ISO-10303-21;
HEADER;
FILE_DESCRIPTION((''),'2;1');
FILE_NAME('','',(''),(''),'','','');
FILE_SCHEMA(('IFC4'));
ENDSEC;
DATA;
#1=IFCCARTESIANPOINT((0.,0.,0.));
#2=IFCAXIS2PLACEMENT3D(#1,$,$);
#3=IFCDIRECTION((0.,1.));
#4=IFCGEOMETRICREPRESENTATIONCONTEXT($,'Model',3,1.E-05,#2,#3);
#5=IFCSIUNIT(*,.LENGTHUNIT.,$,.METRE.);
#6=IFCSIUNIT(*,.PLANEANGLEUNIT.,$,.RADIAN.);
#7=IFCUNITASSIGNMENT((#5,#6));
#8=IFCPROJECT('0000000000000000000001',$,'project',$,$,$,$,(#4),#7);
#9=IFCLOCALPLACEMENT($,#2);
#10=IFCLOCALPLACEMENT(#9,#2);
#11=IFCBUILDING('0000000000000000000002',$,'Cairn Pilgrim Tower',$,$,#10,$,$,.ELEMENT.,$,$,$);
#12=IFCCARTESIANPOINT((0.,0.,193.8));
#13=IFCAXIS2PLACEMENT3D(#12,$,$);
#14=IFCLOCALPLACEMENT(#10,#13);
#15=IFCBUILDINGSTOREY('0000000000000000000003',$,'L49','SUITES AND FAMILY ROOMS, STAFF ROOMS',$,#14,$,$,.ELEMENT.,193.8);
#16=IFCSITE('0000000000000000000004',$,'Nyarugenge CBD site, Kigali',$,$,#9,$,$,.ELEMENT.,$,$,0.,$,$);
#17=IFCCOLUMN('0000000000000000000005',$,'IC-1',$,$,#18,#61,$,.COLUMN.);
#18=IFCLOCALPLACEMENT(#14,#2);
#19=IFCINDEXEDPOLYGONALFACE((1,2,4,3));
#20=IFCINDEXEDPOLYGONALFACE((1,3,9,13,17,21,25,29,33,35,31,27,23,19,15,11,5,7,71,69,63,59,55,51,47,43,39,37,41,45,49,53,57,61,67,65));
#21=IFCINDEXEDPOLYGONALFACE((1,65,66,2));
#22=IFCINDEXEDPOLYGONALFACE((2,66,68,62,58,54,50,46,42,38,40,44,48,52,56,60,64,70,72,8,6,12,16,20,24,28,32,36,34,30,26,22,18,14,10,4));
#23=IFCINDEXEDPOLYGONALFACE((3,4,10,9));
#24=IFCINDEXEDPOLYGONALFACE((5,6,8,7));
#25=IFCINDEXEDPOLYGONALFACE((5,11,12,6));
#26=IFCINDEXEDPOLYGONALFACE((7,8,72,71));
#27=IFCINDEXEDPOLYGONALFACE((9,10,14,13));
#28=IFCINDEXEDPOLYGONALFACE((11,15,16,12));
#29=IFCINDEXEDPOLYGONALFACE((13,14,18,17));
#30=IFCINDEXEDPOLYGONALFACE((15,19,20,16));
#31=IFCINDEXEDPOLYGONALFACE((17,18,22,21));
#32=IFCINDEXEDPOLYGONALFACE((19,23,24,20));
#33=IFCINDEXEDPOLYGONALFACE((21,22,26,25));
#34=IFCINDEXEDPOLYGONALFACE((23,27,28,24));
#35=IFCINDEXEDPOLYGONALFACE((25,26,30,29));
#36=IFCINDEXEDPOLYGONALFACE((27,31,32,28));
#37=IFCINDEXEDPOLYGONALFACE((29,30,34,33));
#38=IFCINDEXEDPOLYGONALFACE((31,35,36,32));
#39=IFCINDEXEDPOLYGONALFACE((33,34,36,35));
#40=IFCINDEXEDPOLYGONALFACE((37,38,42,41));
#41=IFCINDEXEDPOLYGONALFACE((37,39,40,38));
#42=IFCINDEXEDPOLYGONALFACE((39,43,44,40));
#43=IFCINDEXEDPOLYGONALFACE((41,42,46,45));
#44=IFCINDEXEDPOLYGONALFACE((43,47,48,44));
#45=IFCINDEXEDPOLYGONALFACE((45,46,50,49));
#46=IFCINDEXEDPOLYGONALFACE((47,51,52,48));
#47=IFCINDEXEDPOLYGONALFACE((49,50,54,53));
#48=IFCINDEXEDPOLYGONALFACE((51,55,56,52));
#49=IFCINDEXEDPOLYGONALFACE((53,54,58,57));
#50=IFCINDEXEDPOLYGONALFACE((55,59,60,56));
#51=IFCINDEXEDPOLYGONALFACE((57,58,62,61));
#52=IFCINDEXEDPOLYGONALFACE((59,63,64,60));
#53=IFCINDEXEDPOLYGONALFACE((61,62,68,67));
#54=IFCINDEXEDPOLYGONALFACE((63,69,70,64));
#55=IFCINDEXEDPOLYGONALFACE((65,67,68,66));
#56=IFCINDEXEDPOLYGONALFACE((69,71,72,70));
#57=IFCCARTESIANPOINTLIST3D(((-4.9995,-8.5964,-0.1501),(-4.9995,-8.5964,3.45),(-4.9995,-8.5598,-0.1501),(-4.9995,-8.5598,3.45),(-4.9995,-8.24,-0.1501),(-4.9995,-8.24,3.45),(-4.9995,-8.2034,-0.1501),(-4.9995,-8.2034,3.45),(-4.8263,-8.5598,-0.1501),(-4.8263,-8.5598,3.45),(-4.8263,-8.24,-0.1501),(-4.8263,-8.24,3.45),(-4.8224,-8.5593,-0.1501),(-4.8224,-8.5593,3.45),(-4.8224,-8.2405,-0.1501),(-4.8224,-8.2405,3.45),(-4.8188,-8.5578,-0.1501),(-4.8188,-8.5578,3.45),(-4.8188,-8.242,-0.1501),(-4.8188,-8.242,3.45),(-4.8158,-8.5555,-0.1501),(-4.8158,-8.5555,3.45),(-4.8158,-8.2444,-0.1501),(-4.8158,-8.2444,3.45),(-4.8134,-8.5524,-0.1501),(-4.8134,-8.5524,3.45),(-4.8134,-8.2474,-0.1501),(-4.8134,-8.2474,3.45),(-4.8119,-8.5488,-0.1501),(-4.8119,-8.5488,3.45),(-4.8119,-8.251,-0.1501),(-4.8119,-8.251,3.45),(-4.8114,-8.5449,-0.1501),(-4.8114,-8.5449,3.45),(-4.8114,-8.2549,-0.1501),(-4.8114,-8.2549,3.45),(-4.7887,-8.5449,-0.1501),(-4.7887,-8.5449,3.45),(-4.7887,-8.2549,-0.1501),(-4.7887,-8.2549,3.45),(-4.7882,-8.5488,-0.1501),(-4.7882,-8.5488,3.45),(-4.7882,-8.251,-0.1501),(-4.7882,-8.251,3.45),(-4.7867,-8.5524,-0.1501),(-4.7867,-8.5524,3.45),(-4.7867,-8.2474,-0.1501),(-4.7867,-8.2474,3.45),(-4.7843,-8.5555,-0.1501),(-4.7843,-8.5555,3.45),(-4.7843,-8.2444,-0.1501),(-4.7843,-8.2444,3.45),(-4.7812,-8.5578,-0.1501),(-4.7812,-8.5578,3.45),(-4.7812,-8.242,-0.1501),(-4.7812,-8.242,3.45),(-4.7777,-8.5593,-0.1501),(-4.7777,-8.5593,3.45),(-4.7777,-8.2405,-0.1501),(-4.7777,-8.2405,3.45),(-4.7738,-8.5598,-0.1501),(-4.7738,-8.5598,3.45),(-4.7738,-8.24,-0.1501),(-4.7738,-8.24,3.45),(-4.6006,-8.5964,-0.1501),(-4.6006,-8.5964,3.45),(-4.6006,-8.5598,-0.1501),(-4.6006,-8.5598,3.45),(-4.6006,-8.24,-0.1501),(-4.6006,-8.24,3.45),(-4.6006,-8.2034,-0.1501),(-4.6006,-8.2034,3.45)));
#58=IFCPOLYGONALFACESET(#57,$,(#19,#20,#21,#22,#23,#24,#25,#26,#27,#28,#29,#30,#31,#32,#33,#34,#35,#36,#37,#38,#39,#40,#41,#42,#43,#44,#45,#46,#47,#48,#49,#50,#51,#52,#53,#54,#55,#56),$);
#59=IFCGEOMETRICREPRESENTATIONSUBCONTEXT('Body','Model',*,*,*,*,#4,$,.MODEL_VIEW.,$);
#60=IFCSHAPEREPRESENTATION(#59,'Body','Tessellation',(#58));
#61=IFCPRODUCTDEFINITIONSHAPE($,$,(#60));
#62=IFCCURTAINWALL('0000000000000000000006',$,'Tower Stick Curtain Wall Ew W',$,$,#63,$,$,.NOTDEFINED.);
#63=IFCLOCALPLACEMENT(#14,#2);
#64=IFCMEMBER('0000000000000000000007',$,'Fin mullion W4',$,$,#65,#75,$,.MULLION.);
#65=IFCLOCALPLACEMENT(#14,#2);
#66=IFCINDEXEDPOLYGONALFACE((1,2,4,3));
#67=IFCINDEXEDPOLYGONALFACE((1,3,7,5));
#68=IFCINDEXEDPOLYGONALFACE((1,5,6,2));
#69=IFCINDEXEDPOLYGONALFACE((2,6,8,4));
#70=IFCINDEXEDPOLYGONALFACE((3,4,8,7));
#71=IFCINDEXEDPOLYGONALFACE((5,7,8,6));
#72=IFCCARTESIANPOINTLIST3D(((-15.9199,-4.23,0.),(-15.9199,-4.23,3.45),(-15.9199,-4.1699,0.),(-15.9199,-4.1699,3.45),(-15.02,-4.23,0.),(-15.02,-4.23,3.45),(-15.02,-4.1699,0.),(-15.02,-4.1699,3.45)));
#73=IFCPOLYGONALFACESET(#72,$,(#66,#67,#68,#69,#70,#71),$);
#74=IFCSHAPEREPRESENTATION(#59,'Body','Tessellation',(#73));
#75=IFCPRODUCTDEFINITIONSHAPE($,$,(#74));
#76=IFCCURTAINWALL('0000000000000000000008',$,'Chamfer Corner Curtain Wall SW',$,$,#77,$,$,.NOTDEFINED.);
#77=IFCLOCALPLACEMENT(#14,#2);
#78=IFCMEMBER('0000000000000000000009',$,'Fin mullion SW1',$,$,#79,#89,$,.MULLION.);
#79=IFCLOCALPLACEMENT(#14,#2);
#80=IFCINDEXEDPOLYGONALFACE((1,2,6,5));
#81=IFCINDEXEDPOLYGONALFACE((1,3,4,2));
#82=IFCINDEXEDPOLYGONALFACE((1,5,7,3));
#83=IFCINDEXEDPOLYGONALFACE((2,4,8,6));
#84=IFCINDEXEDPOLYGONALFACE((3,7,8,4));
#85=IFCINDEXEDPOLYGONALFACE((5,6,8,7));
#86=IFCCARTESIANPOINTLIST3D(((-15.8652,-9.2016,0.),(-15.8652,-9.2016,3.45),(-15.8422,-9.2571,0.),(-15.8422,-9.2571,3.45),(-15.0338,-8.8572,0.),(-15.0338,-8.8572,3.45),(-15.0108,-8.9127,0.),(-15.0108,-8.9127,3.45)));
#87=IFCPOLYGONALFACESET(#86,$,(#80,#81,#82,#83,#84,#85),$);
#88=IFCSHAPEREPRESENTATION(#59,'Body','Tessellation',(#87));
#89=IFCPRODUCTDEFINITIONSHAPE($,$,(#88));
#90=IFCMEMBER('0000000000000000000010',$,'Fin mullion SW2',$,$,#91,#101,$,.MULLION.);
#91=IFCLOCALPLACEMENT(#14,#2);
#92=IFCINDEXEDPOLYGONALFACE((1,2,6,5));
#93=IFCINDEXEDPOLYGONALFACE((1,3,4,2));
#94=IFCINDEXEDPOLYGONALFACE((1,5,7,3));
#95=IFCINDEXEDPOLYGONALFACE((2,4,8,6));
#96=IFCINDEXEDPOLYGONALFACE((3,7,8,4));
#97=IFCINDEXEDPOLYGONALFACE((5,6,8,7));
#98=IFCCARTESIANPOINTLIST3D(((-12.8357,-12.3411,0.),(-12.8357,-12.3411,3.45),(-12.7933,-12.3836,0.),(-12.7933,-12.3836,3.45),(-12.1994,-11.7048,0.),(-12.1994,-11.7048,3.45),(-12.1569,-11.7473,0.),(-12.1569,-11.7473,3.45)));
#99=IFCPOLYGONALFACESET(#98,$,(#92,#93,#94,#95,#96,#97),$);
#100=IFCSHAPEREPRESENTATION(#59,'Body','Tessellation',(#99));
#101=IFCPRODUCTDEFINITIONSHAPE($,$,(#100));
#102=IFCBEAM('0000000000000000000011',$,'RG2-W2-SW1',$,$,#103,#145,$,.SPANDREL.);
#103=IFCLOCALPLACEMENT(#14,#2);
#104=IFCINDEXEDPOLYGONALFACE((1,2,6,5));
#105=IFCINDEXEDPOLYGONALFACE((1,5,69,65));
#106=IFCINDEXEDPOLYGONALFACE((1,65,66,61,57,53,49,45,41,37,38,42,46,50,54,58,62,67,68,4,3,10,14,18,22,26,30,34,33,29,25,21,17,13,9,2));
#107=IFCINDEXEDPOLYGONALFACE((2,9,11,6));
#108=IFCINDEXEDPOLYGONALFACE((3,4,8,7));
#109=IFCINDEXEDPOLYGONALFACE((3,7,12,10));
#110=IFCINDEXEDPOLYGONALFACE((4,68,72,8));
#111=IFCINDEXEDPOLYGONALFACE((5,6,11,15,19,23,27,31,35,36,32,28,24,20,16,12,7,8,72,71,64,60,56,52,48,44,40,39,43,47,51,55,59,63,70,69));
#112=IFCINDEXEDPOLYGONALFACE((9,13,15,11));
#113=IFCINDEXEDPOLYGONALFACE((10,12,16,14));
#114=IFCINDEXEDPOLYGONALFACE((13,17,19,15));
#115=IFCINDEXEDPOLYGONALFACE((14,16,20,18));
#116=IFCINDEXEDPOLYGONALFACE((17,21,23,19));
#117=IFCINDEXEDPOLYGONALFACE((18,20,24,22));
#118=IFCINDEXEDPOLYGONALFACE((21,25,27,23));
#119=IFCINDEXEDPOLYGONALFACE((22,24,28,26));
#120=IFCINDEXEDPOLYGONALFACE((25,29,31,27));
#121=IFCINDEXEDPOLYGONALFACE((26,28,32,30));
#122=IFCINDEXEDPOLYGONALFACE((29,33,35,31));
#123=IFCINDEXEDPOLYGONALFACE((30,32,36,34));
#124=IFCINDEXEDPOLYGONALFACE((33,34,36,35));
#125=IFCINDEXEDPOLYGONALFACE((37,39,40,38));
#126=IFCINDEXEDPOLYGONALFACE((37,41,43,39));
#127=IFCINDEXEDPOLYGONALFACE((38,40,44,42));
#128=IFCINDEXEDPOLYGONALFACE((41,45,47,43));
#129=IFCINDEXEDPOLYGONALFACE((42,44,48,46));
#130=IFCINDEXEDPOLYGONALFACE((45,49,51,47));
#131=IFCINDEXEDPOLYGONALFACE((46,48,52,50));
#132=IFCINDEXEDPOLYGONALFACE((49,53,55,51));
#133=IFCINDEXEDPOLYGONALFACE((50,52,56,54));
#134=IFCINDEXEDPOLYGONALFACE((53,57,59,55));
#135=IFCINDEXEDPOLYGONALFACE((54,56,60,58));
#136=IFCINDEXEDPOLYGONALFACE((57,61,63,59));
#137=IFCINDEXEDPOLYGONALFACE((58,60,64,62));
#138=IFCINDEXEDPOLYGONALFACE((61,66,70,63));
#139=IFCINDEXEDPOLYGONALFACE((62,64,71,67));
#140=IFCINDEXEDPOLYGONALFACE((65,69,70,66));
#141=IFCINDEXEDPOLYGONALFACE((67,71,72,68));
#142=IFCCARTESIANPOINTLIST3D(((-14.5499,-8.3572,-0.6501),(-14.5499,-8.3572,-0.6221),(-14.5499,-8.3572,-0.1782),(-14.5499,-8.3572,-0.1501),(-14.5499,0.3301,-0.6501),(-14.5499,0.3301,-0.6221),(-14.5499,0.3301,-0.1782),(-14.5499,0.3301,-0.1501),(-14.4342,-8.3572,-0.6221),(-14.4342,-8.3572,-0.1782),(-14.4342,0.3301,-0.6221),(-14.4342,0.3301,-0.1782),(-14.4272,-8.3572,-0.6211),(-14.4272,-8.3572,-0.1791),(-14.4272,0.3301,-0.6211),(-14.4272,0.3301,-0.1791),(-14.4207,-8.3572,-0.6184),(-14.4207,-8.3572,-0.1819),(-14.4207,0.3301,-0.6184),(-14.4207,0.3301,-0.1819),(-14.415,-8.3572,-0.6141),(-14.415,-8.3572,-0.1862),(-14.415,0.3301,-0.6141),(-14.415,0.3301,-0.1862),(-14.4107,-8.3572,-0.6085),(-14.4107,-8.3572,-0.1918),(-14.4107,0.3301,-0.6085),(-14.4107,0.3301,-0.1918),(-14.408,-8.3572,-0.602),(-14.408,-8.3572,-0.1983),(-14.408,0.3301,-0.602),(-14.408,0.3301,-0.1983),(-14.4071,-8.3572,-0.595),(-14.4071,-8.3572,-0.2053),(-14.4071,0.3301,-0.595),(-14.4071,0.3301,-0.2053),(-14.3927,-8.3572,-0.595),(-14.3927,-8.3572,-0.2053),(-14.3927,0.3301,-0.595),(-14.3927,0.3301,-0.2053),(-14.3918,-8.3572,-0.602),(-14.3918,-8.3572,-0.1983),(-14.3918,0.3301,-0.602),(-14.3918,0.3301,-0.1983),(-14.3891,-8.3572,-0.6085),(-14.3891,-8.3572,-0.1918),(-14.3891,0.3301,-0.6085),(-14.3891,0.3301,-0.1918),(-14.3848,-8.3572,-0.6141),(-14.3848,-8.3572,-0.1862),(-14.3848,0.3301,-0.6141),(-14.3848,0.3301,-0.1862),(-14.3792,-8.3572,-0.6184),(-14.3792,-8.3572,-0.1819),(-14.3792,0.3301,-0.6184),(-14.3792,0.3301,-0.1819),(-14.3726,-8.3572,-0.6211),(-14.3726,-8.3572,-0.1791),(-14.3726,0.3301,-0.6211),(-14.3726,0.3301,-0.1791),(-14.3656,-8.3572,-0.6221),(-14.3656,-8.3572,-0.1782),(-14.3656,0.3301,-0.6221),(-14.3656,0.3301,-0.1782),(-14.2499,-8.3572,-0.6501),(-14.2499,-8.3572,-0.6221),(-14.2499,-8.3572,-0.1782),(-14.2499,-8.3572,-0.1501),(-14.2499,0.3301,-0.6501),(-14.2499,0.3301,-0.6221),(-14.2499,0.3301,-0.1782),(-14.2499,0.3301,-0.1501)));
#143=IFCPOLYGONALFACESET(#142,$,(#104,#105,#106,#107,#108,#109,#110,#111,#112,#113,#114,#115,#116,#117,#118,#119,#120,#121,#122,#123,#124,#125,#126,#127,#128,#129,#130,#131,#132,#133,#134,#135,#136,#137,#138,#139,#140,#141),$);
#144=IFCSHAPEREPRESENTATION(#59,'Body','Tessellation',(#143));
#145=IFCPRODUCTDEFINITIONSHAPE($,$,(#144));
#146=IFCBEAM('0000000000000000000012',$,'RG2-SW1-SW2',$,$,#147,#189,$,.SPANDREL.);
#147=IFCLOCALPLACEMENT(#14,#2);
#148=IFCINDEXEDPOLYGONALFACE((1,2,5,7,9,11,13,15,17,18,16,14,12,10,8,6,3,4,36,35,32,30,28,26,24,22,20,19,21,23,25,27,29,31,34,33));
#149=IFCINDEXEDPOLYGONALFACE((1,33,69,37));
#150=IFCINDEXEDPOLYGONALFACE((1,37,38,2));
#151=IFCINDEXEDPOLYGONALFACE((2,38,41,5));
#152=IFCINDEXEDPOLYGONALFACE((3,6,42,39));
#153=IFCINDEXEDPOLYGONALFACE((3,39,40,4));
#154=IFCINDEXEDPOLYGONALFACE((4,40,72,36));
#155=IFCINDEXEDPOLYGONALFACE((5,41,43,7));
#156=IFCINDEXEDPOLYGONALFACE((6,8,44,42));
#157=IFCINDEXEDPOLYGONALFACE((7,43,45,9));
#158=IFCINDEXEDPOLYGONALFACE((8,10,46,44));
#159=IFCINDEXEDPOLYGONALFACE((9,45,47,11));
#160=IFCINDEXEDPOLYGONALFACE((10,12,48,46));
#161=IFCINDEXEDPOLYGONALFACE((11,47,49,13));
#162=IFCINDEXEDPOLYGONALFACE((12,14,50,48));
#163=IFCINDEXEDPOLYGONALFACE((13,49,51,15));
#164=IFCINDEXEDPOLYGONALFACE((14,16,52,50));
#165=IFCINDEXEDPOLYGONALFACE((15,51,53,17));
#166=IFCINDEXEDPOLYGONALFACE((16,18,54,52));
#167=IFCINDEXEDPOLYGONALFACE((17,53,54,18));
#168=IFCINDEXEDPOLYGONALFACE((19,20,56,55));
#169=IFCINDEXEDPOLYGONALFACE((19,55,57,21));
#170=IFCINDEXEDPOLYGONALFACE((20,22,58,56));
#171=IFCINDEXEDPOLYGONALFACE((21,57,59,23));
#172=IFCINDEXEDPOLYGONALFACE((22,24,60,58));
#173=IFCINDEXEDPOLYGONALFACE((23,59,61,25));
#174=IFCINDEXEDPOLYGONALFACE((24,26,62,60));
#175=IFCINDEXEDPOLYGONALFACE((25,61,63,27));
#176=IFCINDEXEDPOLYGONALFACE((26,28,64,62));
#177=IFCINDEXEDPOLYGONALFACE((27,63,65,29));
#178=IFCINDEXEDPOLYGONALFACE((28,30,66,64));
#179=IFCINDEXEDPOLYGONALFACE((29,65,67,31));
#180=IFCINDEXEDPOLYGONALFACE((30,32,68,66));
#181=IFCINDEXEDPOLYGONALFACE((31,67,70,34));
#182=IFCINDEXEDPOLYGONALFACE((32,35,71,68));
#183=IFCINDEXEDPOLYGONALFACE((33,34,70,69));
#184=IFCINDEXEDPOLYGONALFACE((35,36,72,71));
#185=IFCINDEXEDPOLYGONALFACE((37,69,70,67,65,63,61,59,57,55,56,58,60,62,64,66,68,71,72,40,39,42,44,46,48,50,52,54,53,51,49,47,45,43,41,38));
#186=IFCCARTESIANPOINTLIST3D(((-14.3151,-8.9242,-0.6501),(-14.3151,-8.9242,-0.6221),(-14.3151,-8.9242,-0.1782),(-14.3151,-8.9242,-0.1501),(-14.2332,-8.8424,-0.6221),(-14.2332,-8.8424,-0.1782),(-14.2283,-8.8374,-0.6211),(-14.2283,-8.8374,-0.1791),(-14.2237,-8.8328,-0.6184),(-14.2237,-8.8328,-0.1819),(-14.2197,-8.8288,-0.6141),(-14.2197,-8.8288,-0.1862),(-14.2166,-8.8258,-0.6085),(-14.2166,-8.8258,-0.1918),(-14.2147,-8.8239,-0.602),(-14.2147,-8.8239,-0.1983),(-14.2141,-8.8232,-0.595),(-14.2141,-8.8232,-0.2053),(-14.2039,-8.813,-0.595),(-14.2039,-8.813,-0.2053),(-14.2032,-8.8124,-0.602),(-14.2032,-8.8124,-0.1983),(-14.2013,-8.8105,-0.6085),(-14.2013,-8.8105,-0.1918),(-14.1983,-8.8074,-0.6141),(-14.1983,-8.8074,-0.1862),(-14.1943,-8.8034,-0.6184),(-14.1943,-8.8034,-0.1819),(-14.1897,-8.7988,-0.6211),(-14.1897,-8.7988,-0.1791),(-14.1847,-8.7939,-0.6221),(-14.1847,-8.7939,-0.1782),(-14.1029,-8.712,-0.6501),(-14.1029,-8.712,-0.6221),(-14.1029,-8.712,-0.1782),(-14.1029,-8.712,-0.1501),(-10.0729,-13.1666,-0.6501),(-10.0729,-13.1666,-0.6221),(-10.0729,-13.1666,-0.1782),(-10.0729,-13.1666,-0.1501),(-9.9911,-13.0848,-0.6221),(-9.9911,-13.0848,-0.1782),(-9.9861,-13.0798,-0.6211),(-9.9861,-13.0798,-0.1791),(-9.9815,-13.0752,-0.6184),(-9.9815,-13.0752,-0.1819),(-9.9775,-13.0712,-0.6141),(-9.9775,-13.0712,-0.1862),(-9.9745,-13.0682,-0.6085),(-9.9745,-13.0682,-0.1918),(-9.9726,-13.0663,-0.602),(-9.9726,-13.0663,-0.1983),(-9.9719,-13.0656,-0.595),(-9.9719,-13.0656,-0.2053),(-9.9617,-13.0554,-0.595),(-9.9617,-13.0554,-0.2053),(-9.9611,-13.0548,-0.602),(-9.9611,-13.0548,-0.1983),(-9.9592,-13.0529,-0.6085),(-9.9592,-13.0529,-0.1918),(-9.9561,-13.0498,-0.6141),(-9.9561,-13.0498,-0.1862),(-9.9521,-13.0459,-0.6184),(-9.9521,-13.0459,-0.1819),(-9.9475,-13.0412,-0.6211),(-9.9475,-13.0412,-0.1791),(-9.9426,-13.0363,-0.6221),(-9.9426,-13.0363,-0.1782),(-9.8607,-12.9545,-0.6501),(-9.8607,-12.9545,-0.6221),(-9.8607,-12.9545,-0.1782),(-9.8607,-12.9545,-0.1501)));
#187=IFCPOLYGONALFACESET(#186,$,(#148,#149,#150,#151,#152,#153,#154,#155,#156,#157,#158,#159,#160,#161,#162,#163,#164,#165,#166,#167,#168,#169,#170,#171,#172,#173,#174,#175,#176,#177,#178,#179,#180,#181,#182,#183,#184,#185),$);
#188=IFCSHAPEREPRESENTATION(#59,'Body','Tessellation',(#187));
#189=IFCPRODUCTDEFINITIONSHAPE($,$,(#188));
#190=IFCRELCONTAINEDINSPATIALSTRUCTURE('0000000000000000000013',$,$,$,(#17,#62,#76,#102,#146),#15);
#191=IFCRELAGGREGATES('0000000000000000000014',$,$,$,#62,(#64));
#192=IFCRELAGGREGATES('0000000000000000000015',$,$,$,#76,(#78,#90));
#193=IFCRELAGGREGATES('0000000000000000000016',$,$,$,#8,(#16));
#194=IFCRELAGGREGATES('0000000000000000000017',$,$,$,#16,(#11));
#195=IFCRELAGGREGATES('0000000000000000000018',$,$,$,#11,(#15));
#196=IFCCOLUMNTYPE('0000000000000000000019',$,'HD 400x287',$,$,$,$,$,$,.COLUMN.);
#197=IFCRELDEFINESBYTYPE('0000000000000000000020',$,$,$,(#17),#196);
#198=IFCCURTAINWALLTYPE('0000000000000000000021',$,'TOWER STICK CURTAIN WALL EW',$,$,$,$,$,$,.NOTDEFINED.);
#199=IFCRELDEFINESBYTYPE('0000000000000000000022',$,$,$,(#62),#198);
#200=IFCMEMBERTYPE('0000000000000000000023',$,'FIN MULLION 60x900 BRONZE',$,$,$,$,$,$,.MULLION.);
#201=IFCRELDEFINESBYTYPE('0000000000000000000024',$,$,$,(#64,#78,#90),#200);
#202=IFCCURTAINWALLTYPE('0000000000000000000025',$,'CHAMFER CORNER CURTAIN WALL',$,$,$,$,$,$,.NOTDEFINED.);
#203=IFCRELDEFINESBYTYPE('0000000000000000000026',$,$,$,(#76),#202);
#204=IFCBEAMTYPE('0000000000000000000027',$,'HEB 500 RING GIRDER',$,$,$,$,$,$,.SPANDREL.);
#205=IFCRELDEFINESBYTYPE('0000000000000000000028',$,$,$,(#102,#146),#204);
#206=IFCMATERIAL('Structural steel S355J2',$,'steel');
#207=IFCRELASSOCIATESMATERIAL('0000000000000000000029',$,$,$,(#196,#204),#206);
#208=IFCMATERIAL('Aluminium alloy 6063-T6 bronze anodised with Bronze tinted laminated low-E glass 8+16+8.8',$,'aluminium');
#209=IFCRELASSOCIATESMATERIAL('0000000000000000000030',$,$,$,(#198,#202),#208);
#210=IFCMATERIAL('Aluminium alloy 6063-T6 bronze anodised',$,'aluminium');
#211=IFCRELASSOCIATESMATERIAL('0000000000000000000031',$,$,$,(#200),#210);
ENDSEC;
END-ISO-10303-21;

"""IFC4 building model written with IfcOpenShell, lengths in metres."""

from ifc_helpers import new_model, si_unit, direction, frame, origin, origin_2d, place, context, subcontext, project, spatial, rectangle, i_section, extrude, material, material_profile, profile_set, type_object, element, aggregate, save


model = new_model("IFC4")

# Units and contexts
model_context = context("Model", 3, precision=1e-05, world=origin(), true_north=direction((0.0, 1.0)))
body_context = subcontext(model_context, "Body", "Model", "MODEL_VIEW")
ifc_project = project(units=[si_unit("LENGTHUNIT", "METRE"), si_unit("PLANEANGLEUNIT", "RADIAN")], contexts=[model_context])

# Site, building, storey
site_placement = place(None, origin())
site = spatial("IfcSite", under=ifc_project, at=site_placement, Name="Nyarugenge CBD site, Kigali", CompositionType="ELEMENT", RefElevation=0.0)
building_placement = place(site_placement, origin())
building = spatial("IfcBuilding", under=site, at=building_placement, Name="Cairn Pilgrim Tower", CompositionType="ELEMENT")
storey_placement = place(building_placement, frame((0.0, 0.0, 193.8)))
storey = spatial("IfcBuildingStorey", under=building, at=storey_placement, Name="L49", Description="SUITES AND FAMILY ROOMS, STAFF ROOMS", CompositionType="ELEMENT", Elevation=193.8)

# Column
ifc_material_1 = material(Name="Structural steel S355J2", Category="steel")
ifc_material_profile_1 = material_profile(ifc_material_1, i_section(OverallWidth=0.3989, OverallDepth=0.3931, WebThickness=0.0227, FlangeThickness=0.0366, FilletRadius=0.0149, at=origin_2d()), Name="HD 400x287")
ifc_profile_set_1 = profile_set([ifc_material_profile_1], Name="Structural steel S355J2")
column_type_1 = type_object("IfcColumnType", Name="HD 400x287", PredefinedType="COLUMN", material=ifc_profile_set_1)
column_1_placement = place(storey_placement, frame((-4.8, -8.3999, -0.1501), z_axis=(0.0, 0.0, 1.0), x_axis=(1.0, 0.0, 0.0)))
element("IfcColumn", 1, at=column_1_placement, inside=storey, type_object=column_type_1, Name="IC-1", PredefinedType="COLUMN", context=body_context, shape_type="SweptSolid", body=[
    extrude(i_section(OverallWidth=0.3989, OverallDepth=0.3931, WebThickness=0.0227, FlangeThickness=0.0366, FilletRadius=0.0149, at=origin_2d()), origin(), (0.0, 0.0, 1.0), 3.6001),
])

# Curtain wall, member
ifc_material_2 = material(Name="Aluminium alloy 6063-T6 bronze anodised with Bronze tinted laminated low-E glass 8+16+8.8", Category="aluminium")
curtain_wall_type_1 = type_object("IfcCurtainWallType", Name="TOWER STICK CURTAIN WALL EW", PredefinedType="NOTDEFINED", material=ifc_material_2)
curtain_wall_1_placement = place(storey_placement, origin())
curtain_wall_1 = element("IfcCurtainWall", 2, at=curtain_wall_1_placement, inside=storey, type_object=curtain_wall_type_1, Name="Tower Stick Curtain Wall Ew W", PredefinedType="NOTDEFINED")
ifc_material_3 = material(Name="Aluminium alloy 6063-T6 bronze anodised", Category="aluminium")
ifc_material_profile_2 = material_profile(ifc_material_3, rectangle(XDim=0.8999, YDim=0.0601, at=origin_2d()), Name="FIN MULLION 60x900 BRONZE")
ifc_profile_set_2 = profile_set([ifc_material_profile_2], Name="Aluminium alloy 6063-T6 bronze anodised")
member_type_1 = type_object("IfcMemberType", Name="FIN MULLION 60x900 BRONZE", PredefinedType="MULLION", material=ifc_profile_set_2)
member_1_placement = place(storey_placement, frame((-15.47, -4.2, 0.0), z_axis=(0.0, 0.0, 1.0), x_axis=(-1.0, 0.0, 0.0)))
member_1 = element("IfcMember", 3, at=member_1_placement, type_object=member_type_1, Name="Fin mullion W4", PredefinedType="MULLION", context=body_context, shape_type="SweptSolid", body=[
    extrude(rectangle(XDim=0.8999, YDim=0.0601, at=origin_2d()), origin(), (0.0, 0.0, 1.0), 3.45),
])
aggregate(curtain_wall_1, [member_1])

# Curtain wall, members
curtain_wall_type_2 = type_object("IfcCurtainWallType", Name="CHAMFER CORNER CURTAIN WALL", PredefinedType="NOTDEFINED", material=ifc_material_2)
curtain_wall_2_placement = place(storey_placement, origin())
curtain_wall_2 = element("IfcCurtainWall", 4, at=curtain_wall_2_placement, inside=storey, type_object=curtain_wall_type_2, Name="Chamfer Corner Curtain Wall SW", PredefinedType="NOTDEFINED")
member_2_placement = place(storey_placement, frame((-15.438, -9.0571, 0.0), z_axis=(0.0, 0.0, 1.0), x_axis=(-0.92388, -0.382683, 0.0)))
member_2 = element("IfcMember", 5, at=member_2_placement, type_object=member_type_1, Name="Fin mullion SW1", PredefinedType="MULLION", context=body_context, shape_type="SweptSolid", body=[
    extrude(rectangle(XDim=0.8999, YDim=0.0601, at=origin_2d()), origin(), (0.0, 0.0, 1.0), 3.45),
])
member_3_placement = place(storey_placement, frame((-12.4963, -12.0442, 0.0), z_axis=(0.0, 0.0, 1.0), x_axis=(-0.707107, -0.707107, 0.0)))
member_3 = element("IfcMember", 6, at=member_3_placement, type_object=member_type_1, Name="Fin mullion SW2", PredefinedType="MULLION", context=body_context, shape_type="SweptSolid", body=[
    extrude(rectangle(XDim=0.8999, YDim=0.0601, at=origin_2d()), origin(), (0.0, 0.0, 1.0), 3.45),
])

# Beams
ifc_material_profile_3 = material_profile(ifc_material_1, i_section(OverallWidth=0.3, OverallDepth=0.5, WebThickness=0.0144, FlangeThickness=0.0281, FilletRadius=0.0271, at=origin_2d()), Name="HEB 500")
ifc_profile_set_3 = profile_set([ifc_material_profile_3], Name="Structural steel S355J2")
beam_type_1 = type_object("IfcBeamType", Name="HEB 500 RING GIRDER", PredefinedType="SPANDREL", material=ifc_profile_set_3)
beam_1_placement = place(storey_placement, frame((-14.3999, 0.3301, -0.4001), z_axis=(0.0, -1.0, 0.0), x_axis=(1.0, 0.0, 0.0)))
element("IfcBeam", 7, at=beam_1_placement, inside=storey, type_object=beam_type_1, Name="RG2-W2-SW1", PredefinedType="SPANDREL", context=body_context, shape_type="SweptSolid", body=[
    extrude(i_section(OverallWidth=0.3, OverallDepth=0.5, WebThickness=0.0144, FlangeThickness=0.0281, FilletRadius=0.0271, at=origin_2d()), origin(), (0.0, 0.0, 1.0), 8.6873),
])
beam_2_placement = place(storey_placement, frame((-14.209, -8.8181, -0.4001), z_axis=(0.707086, -0.707127, 0.0), x_axis=(0.707127, 0.707086, 0.0)))
element("IfcBeam", 8, at=beam_2_placement, inside=storey, type_object=beam_type_1, Name="RG2-SW1-SW2", PredefinedType="SPANDREL", context=body_context, shape_type="SweptSolid", body=[
    extrude(i_section(OverallWidth=0.3, OverallDepth=0.5, WebThickness=0.0144, FlangeThickness=0.0281, FilletRadius=0.0271, at=origin_2d()), origin(), (0.0, 0.0, 1.0), 5.9995),
])

aggregate(curtain_wall_2, [member_2, member_3])

save(model, "model.ifc")
